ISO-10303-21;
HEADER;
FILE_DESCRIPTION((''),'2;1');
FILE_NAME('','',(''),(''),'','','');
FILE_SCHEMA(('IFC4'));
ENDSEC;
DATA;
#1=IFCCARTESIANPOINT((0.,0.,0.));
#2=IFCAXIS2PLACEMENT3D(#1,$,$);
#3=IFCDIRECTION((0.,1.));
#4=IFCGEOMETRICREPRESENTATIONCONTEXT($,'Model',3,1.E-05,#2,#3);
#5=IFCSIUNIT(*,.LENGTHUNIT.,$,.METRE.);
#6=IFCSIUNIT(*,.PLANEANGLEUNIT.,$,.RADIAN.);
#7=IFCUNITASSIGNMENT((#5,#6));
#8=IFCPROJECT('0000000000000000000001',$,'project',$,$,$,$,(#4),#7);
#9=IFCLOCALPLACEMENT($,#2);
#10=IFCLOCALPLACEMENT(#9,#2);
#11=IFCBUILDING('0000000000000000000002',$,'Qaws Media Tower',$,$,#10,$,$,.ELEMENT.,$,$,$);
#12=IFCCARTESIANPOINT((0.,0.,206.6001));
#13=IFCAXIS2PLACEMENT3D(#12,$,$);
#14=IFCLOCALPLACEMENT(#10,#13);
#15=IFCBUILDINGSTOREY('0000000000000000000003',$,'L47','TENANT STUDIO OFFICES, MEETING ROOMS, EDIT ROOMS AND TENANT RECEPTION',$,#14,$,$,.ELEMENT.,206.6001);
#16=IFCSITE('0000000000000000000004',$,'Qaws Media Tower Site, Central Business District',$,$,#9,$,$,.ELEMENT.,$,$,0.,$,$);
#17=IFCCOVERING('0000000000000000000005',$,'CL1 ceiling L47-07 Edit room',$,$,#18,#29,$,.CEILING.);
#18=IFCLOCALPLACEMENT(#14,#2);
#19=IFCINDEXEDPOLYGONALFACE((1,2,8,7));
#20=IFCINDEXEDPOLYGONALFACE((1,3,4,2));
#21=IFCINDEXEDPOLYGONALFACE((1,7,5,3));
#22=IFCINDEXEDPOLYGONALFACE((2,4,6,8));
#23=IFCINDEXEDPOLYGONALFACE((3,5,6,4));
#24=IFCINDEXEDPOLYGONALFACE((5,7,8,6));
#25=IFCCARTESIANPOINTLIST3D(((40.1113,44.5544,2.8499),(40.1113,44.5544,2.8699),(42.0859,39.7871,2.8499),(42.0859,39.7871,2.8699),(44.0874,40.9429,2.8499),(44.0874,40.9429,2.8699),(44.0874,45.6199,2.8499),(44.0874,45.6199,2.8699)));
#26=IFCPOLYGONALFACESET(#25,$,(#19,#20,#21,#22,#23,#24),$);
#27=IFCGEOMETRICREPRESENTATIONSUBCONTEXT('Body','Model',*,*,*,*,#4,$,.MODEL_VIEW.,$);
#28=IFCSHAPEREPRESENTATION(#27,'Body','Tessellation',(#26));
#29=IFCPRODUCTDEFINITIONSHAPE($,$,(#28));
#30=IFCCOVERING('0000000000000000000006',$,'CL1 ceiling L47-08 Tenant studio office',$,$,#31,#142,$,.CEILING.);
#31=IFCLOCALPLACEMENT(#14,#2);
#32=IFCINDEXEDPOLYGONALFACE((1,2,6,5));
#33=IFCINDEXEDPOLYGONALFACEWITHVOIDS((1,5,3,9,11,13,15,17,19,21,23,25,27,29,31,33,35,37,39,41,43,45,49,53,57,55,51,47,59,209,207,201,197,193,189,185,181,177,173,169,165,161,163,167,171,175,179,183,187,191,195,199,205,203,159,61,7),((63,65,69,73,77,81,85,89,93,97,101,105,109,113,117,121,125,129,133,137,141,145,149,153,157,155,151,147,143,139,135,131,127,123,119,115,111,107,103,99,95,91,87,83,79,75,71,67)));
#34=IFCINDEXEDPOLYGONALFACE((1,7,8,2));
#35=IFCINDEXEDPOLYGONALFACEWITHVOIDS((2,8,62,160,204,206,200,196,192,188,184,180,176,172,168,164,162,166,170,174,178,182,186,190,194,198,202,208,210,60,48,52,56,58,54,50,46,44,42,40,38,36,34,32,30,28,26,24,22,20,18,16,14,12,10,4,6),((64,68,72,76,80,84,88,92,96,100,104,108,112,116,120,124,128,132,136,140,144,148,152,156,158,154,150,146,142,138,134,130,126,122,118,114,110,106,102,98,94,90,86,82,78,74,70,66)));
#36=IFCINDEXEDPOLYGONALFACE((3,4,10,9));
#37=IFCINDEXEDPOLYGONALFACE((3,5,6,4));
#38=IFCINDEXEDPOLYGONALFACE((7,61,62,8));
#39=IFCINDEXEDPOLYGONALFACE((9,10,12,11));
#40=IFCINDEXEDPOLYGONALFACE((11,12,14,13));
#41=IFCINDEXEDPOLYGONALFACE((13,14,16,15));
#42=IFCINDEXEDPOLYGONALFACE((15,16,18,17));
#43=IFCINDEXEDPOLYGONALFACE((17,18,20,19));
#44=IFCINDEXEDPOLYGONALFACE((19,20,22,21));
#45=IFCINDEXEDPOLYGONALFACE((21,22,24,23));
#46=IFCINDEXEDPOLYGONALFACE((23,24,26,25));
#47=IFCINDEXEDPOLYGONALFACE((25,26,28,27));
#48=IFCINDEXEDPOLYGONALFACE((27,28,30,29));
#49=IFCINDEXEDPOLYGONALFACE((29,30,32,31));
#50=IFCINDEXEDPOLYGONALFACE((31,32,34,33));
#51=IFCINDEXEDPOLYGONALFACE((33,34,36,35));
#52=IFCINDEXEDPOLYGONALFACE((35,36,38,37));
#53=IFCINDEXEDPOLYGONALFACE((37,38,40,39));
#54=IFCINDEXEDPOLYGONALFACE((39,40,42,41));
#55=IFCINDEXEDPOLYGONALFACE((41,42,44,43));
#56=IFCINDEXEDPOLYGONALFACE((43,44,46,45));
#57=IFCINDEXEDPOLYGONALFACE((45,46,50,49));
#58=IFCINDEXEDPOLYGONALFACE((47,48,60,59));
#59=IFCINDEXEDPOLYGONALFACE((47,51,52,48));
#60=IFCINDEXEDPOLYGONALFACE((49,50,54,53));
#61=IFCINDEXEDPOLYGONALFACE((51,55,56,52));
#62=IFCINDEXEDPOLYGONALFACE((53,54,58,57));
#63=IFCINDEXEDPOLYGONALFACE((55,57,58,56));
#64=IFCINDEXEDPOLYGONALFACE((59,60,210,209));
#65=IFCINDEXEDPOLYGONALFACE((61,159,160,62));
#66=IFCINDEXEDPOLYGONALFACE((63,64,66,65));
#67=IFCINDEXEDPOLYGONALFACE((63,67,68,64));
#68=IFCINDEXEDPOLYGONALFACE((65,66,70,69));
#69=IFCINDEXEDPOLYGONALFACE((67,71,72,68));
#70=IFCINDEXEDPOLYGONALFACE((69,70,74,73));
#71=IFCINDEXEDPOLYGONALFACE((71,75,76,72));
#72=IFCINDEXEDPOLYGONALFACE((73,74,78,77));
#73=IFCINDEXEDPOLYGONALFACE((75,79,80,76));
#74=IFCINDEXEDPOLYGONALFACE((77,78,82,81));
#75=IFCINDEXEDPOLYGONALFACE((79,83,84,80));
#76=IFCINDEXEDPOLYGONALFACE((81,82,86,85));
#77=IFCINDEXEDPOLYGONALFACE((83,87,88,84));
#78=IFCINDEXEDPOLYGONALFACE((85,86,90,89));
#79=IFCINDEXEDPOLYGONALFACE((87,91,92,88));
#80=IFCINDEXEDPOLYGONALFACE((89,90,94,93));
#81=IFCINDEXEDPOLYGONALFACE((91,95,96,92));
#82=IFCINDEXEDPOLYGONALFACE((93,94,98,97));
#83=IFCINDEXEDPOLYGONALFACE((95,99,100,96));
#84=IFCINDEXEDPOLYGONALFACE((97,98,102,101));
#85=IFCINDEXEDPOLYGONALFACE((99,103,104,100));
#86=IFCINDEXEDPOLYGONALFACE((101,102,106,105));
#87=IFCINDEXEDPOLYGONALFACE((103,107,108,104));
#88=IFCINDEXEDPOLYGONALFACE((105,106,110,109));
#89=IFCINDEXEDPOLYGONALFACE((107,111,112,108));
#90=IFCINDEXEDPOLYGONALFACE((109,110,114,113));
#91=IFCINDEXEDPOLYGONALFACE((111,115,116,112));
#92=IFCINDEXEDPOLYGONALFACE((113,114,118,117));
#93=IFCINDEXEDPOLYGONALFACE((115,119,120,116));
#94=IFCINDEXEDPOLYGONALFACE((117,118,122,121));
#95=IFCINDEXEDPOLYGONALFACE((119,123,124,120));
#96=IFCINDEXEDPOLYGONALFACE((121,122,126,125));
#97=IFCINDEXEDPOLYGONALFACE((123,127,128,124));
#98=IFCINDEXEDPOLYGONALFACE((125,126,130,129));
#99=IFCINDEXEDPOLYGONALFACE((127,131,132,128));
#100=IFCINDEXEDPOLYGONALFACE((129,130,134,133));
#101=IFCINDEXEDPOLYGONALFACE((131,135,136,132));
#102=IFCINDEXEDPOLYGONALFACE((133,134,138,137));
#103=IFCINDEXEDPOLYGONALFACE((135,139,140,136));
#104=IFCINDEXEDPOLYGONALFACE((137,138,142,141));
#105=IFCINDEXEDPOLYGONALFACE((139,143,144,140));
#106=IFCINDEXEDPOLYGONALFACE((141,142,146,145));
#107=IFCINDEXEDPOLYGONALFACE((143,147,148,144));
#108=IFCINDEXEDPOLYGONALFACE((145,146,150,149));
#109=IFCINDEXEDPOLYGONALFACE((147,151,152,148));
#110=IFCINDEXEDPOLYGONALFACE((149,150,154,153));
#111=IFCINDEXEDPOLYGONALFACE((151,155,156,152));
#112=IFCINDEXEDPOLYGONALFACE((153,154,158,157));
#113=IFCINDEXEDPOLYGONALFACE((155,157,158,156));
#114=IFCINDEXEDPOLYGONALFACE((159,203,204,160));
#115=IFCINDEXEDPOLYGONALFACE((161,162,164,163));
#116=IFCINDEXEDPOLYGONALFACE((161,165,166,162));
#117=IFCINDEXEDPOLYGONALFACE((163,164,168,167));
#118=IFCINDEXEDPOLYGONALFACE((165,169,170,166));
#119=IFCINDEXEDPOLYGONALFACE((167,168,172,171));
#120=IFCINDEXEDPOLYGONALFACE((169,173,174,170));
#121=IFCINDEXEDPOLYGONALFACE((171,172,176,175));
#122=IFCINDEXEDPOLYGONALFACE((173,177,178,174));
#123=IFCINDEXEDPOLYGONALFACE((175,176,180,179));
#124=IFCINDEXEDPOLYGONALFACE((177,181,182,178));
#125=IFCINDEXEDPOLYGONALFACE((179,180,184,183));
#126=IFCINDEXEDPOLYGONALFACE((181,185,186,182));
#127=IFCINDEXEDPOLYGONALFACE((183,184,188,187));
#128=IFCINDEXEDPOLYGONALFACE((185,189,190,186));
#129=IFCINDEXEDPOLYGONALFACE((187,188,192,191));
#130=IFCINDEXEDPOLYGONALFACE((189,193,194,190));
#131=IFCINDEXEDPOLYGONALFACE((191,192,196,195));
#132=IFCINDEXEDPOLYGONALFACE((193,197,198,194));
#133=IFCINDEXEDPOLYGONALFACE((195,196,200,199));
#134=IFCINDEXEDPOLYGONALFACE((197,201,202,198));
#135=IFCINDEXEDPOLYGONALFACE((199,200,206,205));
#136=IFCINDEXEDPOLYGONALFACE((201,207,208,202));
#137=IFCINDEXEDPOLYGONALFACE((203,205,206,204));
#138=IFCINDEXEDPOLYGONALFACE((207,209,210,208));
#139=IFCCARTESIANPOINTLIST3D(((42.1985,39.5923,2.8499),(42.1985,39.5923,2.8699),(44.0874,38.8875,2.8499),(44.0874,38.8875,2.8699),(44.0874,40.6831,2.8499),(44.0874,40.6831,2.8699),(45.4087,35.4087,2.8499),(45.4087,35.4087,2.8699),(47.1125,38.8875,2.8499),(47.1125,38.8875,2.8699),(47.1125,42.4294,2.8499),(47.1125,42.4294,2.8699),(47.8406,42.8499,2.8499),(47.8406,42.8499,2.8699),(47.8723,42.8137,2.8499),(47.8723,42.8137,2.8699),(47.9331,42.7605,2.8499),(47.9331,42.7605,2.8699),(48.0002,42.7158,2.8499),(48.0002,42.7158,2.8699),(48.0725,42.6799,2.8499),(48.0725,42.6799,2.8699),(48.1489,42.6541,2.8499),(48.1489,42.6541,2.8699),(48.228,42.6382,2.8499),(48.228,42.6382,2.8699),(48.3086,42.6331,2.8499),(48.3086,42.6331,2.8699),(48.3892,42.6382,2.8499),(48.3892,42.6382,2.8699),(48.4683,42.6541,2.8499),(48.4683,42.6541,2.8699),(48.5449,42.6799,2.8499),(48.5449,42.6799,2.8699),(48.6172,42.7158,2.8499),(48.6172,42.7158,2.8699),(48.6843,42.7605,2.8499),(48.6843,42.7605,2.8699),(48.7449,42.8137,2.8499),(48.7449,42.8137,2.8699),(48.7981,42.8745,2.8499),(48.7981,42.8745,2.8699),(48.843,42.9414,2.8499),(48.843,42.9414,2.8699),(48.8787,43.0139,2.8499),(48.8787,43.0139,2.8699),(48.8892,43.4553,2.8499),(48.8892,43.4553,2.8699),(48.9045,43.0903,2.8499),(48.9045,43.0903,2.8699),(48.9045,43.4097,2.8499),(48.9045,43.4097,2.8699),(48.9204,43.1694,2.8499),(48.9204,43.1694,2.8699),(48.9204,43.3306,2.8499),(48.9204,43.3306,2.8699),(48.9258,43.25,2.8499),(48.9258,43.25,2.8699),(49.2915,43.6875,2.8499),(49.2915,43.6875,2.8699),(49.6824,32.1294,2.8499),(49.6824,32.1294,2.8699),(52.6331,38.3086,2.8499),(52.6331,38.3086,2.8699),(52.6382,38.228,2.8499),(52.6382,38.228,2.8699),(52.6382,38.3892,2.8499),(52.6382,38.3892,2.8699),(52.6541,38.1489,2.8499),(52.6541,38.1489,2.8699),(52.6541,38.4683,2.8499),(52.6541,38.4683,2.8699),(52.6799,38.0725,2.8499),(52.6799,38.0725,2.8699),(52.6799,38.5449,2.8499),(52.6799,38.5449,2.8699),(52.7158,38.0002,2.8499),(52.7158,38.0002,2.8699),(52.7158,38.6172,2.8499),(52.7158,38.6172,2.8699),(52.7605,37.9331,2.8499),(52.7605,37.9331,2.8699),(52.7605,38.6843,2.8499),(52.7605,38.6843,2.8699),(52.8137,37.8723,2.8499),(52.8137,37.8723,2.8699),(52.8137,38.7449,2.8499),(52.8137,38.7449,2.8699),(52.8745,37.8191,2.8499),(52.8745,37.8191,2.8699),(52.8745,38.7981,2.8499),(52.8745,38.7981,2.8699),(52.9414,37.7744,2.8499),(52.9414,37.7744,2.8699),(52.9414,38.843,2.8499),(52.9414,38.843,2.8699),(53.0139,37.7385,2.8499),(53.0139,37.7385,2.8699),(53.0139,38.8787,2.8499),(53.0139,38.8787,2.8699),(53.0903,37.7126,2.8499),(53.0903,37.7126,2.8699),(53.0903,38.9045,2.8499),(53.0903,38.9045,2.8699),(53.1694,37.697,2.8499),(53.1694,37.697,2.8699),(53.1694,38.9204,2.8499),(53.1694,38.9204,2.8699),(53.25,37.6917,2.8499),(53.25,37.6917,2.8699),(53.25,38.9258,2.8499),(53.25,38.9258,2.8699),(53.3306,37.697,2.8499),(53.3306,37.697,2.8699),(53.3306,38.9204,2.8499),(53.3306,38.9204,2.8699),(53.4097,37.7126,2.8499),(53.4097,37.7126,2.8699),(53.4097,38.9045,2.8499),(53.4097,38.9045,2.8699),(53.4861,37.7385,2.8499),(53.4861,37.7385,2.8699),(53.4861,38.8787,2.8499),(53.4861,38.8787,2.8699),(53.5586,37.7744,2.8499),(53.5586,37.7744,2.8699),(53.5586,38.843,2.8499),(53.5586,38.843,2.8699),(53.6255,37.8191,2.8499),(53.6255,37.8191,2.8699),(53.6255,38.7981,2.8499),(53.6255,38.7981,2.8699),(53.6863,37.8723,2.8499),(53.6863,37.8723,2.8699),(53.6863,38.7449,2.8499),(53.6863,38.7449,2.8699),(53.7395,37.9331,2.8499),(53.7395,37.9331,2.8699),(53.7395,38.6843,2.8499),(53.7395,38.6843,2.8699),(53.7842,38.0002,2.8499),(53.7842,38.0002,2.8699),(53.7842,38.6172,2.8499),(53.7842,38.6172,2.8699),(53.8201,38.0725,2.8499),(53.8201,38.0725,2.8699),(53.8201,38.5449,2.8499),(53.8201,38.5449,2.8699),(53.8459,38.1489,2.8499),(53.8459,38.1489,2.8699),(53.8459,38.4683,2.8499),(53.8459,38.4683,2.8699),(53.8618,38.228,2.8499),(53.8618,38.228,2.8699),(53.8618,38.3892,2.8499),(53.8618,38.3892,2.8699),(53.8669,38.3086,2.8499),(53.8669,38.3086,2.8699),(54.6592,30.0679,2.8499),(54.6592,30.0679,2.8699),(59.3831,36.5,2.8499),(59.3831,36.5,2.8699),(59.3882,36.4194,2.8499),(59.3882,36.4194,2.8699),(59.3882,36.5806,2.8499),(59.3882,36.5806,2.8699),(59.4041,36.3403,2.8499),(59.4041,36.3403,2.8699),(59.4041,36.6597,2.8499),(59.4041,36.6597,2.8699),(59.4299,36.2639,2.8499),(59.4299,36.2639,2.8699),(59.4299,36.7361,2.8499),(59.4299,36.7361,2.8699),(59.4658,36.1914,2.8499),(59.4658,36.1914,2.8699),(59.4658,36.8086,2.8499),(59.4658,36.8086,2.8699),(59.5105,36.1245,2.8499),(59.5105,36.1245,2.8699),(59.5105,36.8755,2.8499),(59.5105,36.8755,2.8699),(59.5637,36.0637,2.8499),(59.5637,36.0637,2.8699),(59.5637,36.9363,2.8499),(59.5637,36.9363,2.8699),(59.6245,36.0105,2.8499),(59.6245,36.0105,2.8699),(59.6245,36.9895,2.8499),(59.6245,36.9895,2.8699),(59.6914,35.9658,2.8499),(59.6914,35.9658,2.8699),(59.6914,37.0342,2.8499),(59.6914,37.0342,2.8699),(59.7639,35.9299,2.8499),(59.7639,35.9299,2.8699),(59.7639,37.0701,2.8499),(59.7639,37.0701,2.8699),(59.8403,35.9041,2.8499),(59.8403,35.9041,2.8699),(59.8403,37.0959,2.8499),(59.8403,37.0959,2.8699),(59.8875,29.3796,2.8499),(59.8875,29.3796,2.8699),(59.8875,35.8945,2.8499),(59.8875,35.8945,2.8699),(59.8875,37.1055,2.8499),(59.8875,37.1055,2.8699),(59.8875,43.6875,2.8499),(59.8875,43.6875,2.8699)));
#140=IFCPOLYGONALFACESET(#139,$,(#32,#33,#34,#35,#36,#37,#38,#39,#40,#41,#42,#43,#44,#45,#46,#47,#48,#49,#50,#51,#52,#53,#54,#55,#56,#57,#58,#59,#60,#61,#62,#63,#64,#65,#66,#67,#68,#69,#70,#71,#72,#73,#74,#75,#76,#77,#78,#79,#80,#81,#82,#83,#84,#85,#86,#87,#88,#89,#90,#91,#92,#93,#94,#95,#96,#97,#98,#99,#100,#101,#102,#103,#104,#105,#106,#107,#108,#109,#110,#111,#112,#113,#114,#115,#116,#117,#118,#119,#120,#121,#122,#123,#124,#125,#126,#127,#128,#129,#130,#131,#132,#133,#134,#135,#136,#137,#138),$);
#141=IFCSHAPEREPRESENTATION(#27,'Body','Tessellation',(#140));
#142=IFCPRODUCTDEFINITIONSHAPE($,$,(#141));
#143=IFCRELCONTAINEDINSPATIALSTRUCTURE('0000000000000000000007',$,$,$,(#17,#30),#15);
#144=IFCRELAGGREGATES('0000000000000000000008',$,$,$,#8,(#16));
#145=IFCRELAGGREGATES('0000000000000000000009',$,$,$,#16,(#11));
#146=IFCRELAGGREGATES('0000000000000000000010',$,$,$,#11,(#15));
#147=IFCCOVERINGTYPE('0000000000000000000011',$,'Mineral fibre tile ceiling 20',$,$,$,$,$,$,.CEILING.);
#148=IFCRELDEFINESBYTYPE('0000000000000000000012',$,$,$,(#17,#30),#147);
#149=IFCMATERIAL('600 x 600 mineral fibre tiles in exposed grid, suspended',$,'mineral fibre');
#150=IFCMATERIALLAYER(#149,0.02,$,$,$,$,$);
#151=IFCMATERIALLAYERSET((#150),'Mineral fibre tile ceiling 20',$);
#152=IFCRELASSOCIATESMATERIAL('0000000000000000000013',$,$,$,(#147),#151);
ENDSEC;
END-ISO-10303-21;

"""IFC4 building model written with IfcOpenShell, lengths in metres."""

from ifc_helpers import new_model, si_unit, direction, frame, origin, place, context, subcontext, project, spatial, polyline, outline, extrude, material, layer, layer_set, type_object, element, save


model = new_model("IFC4")

# Units and contexts
model_context = context("Model", 3, precision=1e-05, world=origin(), true_north=direction((0.0, 1.0)))
body_context = subcontext(model_context, "Body", "Model", "MODEL_VIEW")
ifc_project = project(units=[si_unit("LENGTHUNIT", "METRE"), si_unit("PLANEANGLEUNIT", "RADIAN")], contexts=[model_context])

# Site, building, storey
site_placement = place(None, origin())
site = spatial("IfcSite", under=ifc_project, at=site_placement, Name="Qaws Media Tower Site, Central Business District", CompositionType="ELEMENT", RefElevation=0.0)
building_placement = place(site_placement, origin())
building = spatial("IfcBuilding", under=site, at=building_placement, Name="Qaws Media Tower", CompositionType="ELEMENT")
storey_placement = place(building_placement, frame((0.0, 0.0, 206.6001)))
storey = spatial("IfcBuildingStorey", under=building, at=storey_placement, Name="L47", Description="TENANT STUDIO OFFICES, MEETING ROOMS, EDIT ROOMS AND TENANT RECEPTION", CompositionType="ELEMENT", Elevation=206.6001)

# Coverings
ifc_material_1 = material(Name="600 x 600 mineral fibre tiles in exposed grid, suspended", Category="mineral fibre")
ifc_layer_1 = layer(ifc_material_1, 0.02)
ifc_layer_set_1 = layer_set([ifc_layer_1], Name="Mineral fibre tile ceiling 20")
covering_type_1 = type_object("IfcCoveringType", Name="Mineral fibre tile ceiling 20", PredefinedType="CEILING", material=ifc_layer_set_1)
covering_1_placement = place(storey_placement, frame((0.0, 0.0, 2.8499)))
element("IfcCovering", 1, at=covering_1_placement, inside=storey, type_object=covering_type_1, Name="CL1 ceiling L47-07 Edit room", PredefinedType="CEILING", context=body_context, shape_type="SweptSolid", body=[
    extrude(outline(polyline([(40.1113, 44.5544), (44.0874, 45.6199), (44.0874, 40.9429), (42.0859, 39.7871), (40.1113, 44.5544)])), origin(), (0.0, 0.0, 1.0), 0.02),
])
covering_2_placement = place(storey_placement, frame((0.0, 0.0, 2.8499)))
element("IfcCovering", 2, at=covering_2_placement, inside=storey, type_object=covering_type_1, Name="CL1 ceiling L47-08 Tenant studio office", PredefinedType="CEILING", context=body_context, shape_type="SweptSolid", body=[
    extrude(outline(polyline([(54.6592, 30.0679), (49.6824, 32.1294), (45.4087, 35.4087), (42.1985, 39.5923), (44.0874, 40.6831), (44.0874, 38.8875), (47.1125, 38.8875), (47.1125, 42.4294), (47.8406, 42.8499), (47.8723, 42.8137), (47.9331, 42.7605), (48.0002, 42.7158), (48.0725, 42.6799), (48.1489, 42.6541), (48.228, 42.6382), (48.3086, 42.6331), (48.3892, 42.6382), (48.4683, 42.6541), (48.5449, 42.6799), (48.6172, 42.7158), (48.6843, 42.7605), (48.7449, 42.8137), (48.7981, 42.8745), (48.843, 42.9414), (48.8787, 43.0139), (48.9045, 43.0903), (48.9204, 43.1694), (48.9258, 43.25), (48.9204, 43.3306), (48.9045, 43.4097), (48.8892, 43.4553), (49.2915, 43.6875), (59.8875, 43.6875), (59.8875, 37.1055), (59.8403, 37.0959), (59.7639, 37.0701), (59.6914, 37.0342), (59.6245, 36.9895), (59.5637, 36.9363), (59.5105, 36.8755), (59.4658, 36.8086), (59.4299, 36.7361), (59.4041, 36.6597), (59.3882, 36.5806), (59.3831, 36.5), (59.3882, 36.4194), (59.4041, 36.3403), (59.4299, 36.2639), (59.4658, 36.1914), (59.5105, 36.1245), (59.5637, 36.0637), (59.6245, 36.0105), (59.6914, 35.9658), (59.7639, 35.9299), (59.8403, 35.9041), (59.8875, 35.8945), (59.8875, 29.3796), (54.6592, 30.0679)]), holes=[polyline([(53.8459, 38.1489), (53.8618, 38.228), (53.8669, 38.3086), (53.8618, 38.3892), (53.8459, 38.4683), (53.8201, 38.5449), (53.7842, 38.6172), (53.7395, 38.6843), (53.6863, 38.7449), (53.6255, 38.7981), (53.5586, 38.843), (53.4861, 38.8787), (53.4097, 38.9045), (53.3306, 38.9204), (53.25, 38.9258), (53.1694, 38.9204), (53.0903, 38.9045), (53.0139, 38.8787), (52.9414, 38.843), (52.8745, 38.7981), (52.8137, 38.7449), (52.7605, 38.6843), (52.7158, 38.6172), (52.6799, 38.5449), (52.6541, 38.4683), (52.6382, 38.3892), (52.6331, 38.3086), (52.6382, 38.228), (52.6541, 38.1489), (52.6799, 38.0725), (52.7158, 38.0002), (52.7605, 37.9331), (52.8137, 37.8723), (52.8745, 37.8191), (52.9414, 37.7744), (53.0139, 37.7385), (53.0903, 37.7126), (53.1694, 37.697), (53.25, 37.6917), (53.3306, 37.697), (53.4097, 37.7126), (53.4861, 37.7385), (53.5586, 37.7744), (53.6255, 37.8191), (53.6863, 37.8723), (53.7395, 37.9331), (53.7842, 38.0002), (53.8201, 38.0725), (53.8459, 38.1489)])]), origin(), (0.0, 0.0, 1.0), 0.02),
])

save(model, "model.ifc")
